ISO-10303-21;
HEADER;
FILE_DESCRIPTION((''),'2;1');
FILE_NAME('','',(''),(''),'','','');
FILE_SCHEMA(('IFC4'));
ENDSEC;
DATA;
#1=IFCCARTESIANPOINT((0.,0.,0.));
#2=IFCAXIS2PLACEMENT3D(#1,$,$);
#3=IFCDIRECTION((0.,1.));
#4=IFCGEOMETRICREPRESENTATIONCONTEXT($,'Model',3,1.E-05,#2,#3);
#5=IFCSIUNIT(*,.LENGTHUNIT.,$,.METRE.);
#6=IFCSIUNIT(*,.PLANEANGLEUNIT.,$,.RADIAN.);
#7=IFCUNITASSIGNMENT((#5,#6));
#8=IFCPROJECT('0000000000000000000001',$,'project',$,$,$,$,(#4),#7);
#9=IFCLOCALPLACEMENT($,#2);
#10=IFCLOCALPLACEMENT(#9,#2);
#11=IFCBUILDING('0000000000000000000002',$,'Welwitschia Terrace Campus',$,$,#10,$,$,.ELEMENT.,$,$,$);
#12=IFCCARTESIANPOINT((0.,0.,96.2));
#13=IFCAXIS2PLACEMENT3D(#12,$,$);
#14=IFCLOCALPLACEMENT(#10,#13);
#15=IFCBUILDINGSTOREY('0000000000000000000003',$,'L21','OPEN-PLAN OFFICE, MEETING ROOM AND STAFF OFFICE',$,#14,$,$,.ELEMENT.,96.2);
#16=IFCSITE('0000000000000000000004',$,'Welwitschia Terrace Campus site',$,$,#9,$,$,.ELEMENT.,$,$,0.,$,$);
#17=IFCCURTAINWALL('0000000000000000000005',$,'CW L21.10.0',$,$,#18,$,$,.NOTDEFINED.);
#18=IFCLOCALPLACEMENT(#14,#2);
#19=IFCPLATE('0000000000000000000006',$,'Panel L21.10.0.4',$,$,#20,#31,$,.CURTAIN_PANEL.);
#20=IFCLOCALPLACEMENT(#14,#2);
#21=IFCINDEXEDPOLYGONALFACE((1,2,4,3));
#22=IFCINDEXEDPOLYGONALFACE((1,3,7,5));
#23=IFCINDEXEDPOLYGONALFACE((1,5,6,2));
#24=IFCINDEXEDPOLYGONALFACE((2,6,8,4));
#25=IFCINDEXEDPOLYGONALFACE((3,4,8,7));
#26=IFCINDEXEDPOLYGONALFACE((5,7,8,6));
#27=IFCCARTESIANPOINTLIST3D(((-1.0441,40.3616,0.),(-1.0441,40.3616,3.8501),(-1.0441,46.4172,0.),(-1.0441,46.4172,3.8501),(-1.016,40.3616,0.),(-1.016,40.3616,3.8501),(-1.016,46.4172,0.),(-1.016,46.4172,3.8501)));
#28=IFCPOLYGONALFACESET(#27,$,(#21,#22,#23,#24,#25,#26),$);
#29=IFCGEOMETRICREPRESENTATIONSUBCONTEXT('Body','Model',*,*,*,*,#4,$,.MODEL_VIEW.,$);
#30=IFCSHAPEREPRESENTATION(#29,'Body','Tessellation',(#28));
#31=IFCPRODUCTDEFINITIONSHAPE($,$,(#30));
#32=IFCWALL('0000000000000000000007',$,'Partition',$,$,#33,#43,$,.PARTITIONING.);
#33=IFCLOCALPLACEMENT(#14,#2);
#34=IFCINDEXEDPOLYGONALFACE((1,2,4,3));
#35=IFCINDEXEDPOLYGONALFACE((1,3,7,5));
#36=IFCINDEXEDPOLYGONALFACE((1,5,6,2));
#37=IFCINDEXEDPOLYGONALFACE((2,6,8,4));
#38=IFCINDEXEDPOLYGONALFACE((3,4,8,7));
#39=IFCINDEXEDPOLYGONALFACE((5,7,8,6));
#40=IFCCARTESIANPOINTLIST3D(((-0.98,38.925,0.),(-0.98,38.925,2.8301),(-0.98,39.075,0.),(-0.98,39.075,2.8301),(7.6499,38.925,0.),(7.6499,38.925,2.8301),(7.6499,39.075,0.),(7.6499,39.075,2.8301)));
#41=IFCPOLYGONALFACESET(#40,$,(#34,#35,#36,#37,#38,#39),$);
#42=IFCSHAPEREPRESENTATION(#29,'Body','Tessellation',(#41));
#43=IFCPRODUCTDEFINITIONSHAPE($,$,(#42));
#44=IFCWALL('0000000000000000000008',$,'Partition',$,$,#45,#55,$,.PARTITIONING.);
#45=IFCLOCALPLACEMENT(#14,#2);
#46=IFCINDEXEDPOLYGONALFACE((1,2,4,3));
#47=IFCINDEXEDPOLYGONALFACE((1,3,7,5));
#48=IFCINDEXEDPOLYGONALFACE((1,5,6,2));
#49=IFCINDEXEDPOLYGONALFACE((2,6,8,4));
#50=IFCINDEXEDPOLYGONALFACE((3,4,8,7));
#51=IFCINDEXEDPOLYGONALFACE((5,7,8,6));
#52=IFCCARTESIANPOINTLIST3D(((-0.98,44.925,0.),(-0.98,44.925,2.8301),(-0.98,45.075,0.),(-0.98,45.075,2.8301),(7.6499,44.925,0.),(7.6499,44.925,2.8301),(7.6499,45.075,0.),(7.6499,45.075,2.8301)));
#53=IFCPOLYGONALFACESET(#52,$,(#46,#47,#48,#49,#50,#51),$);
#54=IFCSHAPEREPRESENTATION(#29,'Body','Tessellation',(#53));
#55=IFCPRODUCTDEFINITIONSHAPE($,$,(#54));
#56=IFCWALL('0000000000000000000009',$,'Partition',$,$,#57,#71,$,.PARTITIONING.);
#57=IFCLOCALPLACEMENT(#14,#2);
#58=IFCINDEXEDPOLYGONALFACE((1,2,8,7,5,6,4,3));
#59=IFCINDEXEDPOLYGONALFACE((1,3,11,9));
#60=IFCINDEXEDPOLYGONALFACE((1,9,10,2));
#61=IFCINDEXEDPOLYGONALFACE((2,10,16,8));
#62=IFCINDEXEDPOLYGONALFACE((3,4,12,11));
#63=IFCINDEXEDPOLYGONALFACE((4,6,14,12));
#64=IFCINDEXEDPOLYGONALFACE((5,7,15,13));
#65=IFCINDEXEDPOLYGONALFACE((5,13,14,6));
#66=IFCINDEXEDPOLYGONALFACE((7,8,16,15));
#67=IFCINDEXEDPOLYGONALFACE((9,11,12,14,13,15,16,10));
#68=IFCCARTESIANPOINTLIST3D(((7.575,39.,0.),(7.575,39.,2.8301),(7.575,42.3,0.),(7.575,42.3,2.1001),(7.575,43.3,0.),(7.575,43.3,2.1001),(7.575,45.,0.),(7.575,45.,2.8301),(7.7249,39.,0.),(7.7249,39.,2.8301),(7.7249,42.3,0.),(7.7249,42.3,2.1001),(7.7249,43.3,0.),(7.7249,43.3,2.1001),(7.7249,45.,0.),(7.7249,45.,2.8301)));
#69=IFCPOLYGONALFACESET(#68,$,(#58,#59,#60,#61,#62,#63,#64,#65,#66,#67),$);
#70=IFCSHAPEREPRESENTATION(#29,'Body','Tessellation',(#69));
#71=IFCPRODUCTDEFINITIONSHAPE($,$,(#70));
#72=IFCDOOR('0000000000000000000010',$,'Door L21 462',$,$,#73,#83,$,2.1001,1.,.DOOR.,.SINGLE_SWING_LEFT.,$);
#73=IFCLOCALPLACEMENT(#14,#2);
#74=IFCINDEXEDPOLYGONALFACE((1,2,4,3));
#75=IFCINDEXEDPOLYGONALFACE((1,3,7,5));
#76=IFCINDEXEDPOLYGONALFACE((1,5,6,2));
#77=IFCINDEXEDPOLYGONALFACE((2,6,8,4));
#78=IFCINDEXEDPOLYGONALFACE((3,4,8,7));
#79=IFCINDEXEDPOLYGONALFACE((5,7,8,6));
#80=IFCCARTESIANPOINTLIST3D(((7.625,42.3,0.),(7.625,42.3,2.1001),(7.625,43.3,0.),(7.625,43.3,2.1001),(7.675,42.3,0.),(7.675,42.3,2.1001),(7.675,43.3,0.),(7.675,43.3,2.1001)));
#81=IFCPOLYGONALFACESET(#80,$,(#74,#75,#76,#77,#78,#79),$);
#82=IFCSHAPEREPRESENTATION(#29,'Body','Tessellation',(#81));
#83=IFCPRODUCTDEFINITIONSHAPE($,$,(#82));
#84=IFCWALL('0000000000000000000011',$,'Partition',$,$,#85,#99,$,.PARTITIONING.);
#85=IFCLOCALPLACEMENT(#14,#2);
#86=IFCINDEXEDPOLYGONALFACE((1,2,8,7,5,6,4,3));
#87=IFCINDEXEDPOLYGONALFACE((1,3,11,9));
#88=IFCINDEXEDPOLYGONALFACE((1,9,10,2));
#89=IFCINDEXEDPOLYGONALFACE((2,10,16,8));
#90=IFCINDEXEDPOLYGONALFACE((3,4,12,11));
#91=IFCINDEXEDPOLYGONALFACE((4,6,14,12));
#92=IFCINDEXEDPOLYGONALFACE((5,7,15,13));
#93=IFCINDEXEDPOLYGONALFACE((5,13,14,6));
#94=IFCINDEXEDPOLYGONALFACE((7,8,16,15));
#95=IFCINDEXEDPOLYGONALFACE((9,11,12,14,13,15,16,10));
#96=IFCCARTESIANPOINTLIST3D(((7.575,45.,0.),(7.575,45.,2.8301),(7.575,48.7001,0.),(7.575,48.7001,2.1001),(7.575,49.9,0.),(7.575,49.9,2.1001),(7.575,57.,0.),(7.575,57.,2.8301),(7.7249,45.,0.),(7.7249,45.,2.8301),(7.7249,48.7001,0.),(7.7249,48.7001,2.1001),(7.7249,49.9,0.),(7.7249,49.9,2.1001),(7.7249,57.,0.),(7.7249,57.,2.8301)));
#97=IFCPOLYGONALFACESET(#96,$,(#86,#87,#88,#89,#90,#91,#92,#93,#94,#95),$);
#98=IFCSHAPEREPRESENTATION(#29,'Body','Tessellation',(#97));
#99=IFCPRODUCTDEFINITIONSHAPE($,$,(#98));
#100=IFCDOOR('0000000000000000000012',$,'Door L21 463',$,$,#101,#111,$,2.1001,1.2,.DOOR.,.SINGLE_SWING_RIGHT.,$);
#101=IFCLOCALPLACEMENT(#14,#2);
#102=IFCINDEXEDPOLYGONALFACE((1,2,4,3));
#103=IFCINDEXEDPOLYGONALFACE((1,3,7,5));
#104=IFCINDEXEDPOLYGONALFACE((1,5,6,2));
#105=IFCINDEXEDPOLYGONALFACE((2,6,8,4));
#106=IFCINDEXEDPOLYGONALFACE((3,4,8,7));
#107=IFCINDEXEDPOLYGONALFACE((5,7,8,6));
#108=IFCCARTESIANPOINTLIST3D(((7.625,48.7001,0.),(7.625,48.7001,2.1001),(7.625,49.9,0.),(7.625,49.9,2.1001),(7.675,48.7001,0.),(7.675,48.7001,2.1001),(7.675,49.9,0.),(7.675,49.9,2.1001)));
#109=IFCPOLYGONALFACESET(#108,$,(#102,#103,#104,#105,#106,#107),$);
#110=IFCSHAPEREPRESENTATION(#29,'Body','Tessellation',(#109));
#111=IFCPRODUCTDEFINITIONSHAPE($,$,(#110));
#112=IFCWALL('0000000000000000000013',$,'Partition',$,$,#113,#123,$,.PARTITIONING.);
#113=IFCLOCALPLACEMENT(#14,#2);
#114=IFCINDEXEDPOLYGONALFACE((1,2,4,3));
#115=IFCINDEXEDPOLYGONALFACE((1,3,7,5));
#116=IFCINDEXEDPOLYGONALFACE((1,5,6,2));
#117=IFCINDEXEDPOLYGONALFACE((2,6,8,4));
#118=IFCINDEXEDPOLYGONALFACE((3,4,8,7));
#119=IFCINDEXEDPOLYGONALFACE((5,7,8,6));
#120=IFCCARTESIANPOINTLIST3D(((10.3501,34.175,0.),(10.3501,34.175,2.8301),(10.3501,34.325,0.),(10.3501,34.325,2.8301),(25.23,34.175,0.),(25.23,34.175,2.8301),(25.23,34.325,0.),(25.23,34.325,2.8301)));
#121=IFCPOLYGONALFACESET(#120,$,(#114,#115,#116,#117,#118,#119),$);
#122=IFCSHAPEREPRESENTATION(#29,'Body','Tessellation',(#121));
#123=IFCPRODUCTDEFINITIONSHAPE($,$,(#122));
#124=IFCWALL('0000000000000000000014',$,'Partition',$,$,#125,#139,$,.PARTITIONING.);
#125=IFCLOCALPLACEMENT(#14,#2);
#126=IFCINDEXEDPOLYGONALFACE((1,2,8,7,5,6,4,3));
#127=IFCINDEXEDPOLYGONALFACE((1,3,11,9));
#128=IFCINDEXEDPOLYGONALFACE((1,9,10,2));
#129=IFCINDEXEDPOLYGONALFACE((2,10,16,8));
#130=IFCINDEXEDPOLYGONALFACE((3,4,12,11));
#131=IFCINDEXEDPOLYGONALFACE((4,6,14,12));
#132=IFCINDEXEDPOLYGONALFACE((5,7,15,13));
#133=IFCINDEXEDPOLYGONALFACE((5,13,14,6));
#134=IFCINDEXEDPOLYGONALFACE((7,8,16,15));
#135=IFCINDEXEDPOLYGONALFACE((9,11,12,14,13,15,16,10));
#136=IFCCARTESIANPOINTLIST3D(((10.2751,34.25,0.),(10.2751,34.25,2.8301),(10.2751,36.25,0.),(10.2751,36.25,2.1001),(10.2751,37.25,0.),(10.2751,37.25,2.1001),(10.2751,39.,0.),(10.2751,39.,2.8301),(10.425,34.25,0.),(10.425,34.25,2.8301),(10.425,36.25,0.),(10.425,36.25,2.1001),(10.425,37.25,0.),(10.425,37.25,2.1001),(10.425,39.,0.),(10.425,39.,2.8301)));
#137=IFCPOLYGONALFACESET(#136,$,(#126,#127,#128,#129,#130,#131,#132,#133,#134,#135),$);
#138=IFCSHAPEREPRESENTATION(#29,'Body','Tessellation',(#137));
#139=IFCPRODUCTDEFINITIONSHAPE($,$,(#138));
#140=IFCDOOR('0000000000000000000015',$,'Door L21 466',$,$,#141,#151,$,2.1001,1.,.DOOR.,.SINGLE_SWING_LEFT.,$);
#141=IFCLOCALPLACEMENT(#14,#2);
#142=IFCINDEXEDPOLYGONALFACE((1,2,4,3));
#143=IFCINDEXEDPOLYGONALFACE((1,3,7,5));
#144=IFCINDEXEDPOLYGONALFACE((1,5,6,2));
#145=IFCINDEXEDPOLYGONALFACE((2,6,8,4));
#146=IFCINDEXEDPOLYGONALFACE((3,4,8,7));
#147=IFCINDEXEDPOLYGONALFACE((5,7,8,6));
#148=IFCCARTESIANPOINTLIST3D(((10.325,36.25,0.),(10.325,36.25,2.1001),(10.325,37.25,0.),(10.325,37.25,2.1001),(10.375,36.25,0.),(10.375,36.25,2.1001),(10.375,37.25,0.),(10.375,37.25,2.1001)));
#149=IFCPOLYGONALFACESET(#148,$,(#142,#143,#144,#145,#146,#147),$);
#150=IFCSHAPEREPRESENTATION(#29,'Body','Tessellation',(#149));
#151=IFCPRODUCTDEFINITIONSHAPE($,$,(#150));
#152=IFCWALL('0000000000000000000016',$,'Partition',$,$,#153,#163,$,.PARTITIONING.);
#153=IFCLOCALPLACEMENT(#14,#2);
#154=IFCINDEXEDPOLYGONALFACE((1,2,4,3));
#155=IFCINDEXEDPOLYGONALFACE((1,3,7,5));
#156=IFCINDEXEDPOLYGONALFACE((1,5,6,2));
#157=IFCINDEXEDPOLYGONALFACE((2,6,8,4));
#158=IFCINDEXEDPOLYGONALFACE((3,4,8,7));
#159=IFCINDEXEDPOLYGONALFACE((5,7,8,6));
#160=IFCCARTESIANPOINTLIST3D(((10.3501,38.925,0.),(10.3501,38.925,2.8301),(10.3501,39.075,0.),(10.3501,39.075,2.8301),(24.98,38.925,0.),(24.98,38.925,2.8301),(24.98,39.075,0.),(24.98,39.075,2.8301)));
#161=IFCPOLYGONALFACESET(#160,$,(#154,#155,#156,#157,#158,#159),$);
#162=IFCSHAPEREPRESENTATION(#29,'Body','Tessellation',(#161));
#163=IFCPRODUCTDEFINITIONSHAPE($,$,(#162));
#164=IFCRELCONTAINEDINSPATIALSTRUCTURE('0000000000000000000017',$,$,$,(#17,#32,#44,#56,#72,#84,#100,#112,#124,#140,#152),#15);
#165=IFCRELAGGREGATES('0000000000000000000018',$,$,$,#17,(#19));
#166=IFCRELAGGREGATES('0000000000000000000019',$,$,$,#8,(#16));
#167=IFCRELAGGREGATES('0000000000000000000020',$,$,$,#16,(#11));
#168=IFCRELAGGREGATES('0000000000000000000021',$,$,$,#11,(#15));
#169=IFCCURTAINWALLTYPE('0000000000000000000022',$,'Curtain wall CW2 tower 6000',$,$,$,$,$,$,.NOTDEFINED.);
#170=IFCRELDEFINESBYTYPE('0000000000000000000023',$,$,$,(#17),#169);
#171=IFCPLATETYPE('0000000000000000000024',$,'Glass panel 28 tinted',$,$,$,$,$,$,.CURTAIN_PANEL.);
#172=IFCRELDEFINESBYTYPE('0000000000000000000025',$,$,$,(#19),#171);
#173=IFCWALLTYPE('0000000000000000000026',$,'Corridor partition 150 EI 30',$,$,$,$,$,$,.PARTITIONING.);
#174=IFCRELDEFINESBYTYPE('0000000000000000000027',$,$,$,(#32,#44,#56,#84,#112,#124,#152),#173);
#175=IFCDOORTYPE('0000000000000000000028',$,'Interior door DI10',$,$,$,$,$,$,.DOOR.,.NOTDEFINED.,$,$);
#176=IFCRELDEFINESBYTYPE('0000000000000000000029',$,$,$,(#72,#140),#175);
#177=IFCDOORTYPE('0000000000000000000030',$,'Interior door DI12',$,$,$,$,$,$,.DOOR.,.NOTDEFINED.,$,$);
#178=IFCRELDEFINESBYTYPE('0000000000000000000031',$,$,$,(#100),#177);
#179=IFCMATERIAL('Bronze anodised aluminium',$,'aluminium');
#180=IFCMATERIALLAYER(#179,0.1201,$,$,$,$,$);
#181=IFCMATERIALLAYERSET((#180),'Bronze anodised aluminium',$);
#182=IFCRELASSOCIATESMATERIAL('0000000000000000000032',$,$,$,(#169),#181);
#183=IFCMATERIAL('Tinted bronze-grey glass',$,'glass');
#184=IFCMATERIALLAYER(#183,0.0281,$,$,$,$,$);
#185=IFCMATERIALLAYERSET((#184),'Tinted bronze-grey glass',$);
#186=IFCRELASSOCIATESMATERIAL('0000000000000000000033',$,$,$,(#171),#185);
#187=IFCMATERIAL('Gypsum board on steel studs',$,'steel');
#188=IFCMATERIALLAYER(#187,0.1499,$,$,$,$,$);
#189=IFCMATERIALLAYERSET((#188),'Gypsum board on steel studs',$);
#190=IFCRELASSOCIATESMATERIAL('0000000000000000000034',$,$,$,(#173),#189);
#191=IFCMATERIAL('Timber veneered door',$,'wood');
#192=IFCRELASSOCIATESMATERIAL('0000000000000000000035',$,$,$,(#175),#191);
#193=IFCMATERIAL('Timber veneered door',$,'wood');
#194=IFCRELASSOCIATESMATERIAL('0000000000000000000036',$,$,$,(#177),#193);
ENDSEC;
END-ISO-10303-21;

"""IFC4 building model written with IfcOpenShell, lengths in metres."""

from ifc_helpers import new_model, si_unit, direction, frame, frame_2d, origin, origin_2d, place, context, subcontext, project, spatial, rectangle, extrude, material, layer, layer_set, type_object, element, fill, aggregate, save


model = new_model("IFC4")

# Units and contexts
model_context = context("Model", 3, precision=1e-05, world=origin(), true_north=direction((0.0, 1.0)))
body_context = subcontext(model_context, "Body", "Model", "MODEL_VIEW")
ifc_project = project(units=[si_unit("LENGTHUNIT", "METRE"), si_unit("PLANEANGLEUNIT", "RADIAN")], contexts=[model_context])

# Site, building, storey
site_placement = place(None, origin())
site = spatial("IfcSite", under=ifc_project, at=site_placement, Name="Welwitschia Terrace Campus site", CompositionType="ELEMENT", RefElevation=0.0)
building_placement = place(site_placement, origin())
building = spatial("IfcBuilding", under=site, at=building_placement, Name="Welwitschia Terrace Campus", CompositionType="ELEMENT")
storey_placement = place(building_placement, frame((0.0, 0.0, 96.2)))
storey = spatial("IfcBuildingStorey", under=building, at=storey_placement, Name="L21", Description="OPEN-PLAN OFFICE, MEETING ROOM AND STAFF OFFICE", CompositionType="ELEMENT", Elevation=96.2)

# Curtain wall
ifc_material_1 = material(Name="Bronze anodised aluminium", Category="aluminium")
ifc_layer_1 = layer(ifc_material_1, 0.1201)
ifc_layer_set_1 = layer_set([ifc_layer_1], Name="Bronze anodised aluminium")
curtain_wall_type = type_object("IfcCurtainWallType", Name="Curtain wall CW2 tower 6000", PredefinedType="NOTDEFINED", material=ifc_layer_set_1)
curtain_wall_placement = place(storey_placement, origin())
curtain_wall = element("IfcCurtainWall", 1, at=curtain_wall_placement, inside=storey, type_object=curtain_wall_type, Name="CW L21.10.0", PredefinedType="NOTDEFINED")

# Plate
ifc_material_2 = material(Name="Tinted bronze-grey glass", Category="glass")
ifc_layer_2 = layer(ifc_material_2, 0.0281)
ifc_layer_set_2 = layer_set([ifc_layer_2], Name="Tinted bronze-grey glass")
plate_type = type_object("IfcPlateType", Name="Glass panel 28 tinted", PredefinedType="CURTAIN_PANEL", material=ifc_layer_set_2)
plate_placement = place(storey_placement, frame((-1.03, 43.3894, 0.0), z_axis=(0.0, 0.0, 1.0), x_axis=(0.0, -1.0, 0.0)))
plate = element("IfcPlate", 2, at=plate_placement, type_object=plate_type, Name="Panel L21.10.0.4", PredefinedType="CURTAIN_PANEL", context=body_context, shape_type="SweptSolid", body=[
    extrude(rectangle(XDim=6.0557, YDim=0.0281, at=origin_2d()), origin(), (0.0, 0.0, 1.0), 3.8501),
])
aggregate(curtain_wall, [plate])

# Walls
ifc_material_3 = material(Name="Gypsum board on steel studs", Category="steel")
ifc_layer_3 = layer(ifc_material_3, 0.1499)
ifc_layer_set_3 = layer_set([ifc_layer_3], Name="Gypsum board on steel studs")
wall_type_1 = type_object("IfcWallType", Name="Corridor partition 150 EI 30", PredefinedType="PARTITIONING", material=ifc_layer_set_3)
for number, where, z_axis, x_axis, name in (
    (3, (-0.98, 39.0, 0.0), (0.0, 0.0, 1.0), (1.0, 0.0, 0.0), "Partition"),
    (4, (-0.98, 45.0, 0.0), (0.0, 0.0, 1.0), (1.0, 0.0, 0.0), "Partition"),
):
    element("IfcWall", number, at=place(storey_placement, frame(where, z_axis=z_axis, x_axis=x_axis)), inside=storey, type_object=wall_type_1, Name=name, PredefinedType="PARTITIONING", context=body_context, shape_type="SweptSolid", body=[
        extrude(rectangle(XDim=8.6299, YDim=0.1499, at=frame_2d((4.3149, 0.0))), origin(), (0.0, 0.0, 1.0), 2.8301),
    ])

# Walls, openings, doors
wall_1_placement = place(storey_placement, frame((7.6499, 39.0, 0.0), z_axis=(0.0, 0.0, 1.0), x_axis=(0.0, 1.0, 0.0)))
wall_1 = element("IfcWall", 5, at=wall_1_placement, inside=storey, type_object=wall_type_1, Name="Partition", PredefinedType="PARTITIONING", context=body_context, shape_type="SweptSolid", body=[
    extrude(rectangle(XDim=6.0, YDim=0.1499, at=frame_2d((3.0, 0.0))), origin(), (0.0, 0.0, 1.0), 2.8301),
])
opening_1_placement = place(wall_1_placement, frame((3.3, 0.0, 0.0)))
opening_1 = element("IfcOpeningElement", 6, at=opening_1_placement, cuts=wall_1, PredefinedType="OPENING", context=body_context, shape_type="SweptSolid", body=[
    extrude(rectangle(XDim=1.0, YDim=2.1001, at=frame_2d((0.5, 1.05))), frame((0.0, 0.085, 0.0), z_axis=(0.0, -1.0, 0.0), x_axis=(1.0, 0.0, 0.0)), (0.0, 0.0, 1.0), 0.1699),
])
ifc_material_4 = material(Name="Timber veneered door", Category="wood")
door_type_1 = type_object("IfcDoorType", Name="Interior door DI10", OperationType="NOTDEFINED", PredefinedType="DOOR", material=ifc_material_4)
door_1_placement = place(opening_1_placement, origin())
door_1 = element("IfcDoor", 7, at=door_1_placement, inside=storey, type_object=door_type_1, Name="Door L21 462", OperationType="SINGLE_SWING_LEFT", OverallHeight=2.1001, OverallWidth=1.0, PredefinedType="DOOR", context=body_context, shape_type="SweptSolid", body=[
    extrude(rectangle(XDim=1.0, YDim=2.1001, at=frame_2d((0.5, 1.05))), frame((0.0, 0.0249, 0.0), z_axis=(0.0, -1.0, 0.0), x_axis=(1.0, 0.0, 0.0)), (0.0, 0.0, 1.0), 0.05),
])
fill(opening_1, door_1)
wall_2_placement = place(storey_placement, frame((7.6499, 45.0, 0.0), z_axis=(0.0, 0.0, 1.0), x_axis=(0.0, 1.0, 0.0)))
wall_2 = element("IfcWall", 8, at=wall_2_placement, inside=storey, type_object=wall_type_1, Name="Partition", PredefinedType="PARTITIONING", context=body_context, shape_type="SweptSolid", body=[
    extrude(rectangle(XDim=12.0, YDim=0.1499, at=frame_2d((6.0, 0.0))), origin(), (0.0, 0.0, 1.0), 2.8301),
])
opening_2_placement = place(wall_2_placement, frame((3.7, 0.0, 0.0)))
opening_2 = element("IfcOpeningElement", 9, at=opening_2_placement, cuts=wall_2, PredefinedType="OPENING", context=body_context, shape_type="SweptSolid", body=[
    extrude(rectangle(XDim=1.2, YDim=2.1001, at=frame_2d((0.6001, 1.05))), frame((0.0, 0.085, 0.0), z_axis=(0.0, -1.0, 0.0), x_axis=(1.0, 0.0, 0.0)), (0.0, 0.0, 1.0), 0.1699),
])
ifc_material_5 = material(Name="Timber veneered door", Category="wood")
door_type_2 = type_object("IfcDoorType", Name="Interior door DI12", OperationType="NOTDEFINED", PredefinedType="DOOR", material=ifc_material_5)
door_2_placement = place(opening_2_placement, origin())
door_2 = element("IfcDoor", 10, at=door_2_placement, inside=storey, type_object=door_type_2, Name="Door L21 463", OperationType="SINGLE_SWING_RIGHT", OverallHeight=2.1001, OverallWidth=1.2, PredefinedType="DOOR", context=body_context, shape_type="SweptSolid", body=[
    extrude(rectangle(XDim=1.2, YDim=2.1001, at=frame_2d((0.6001, 1.05))), frame((0.0, 0.0249, 0.0), z_axis=(0.0, -1.0, 0.0), x_axis=(1.0, 0.0, 0.0)), (0.0, 0.0, 1.0), 0.05),
])
fill(opening_2, door_2)

# Wall
wall_3_placement = place(storey_placement, frame((10.3501, 34.25, 0.0), z_axis=(0.0, 0.0, 1.0), x_axis=(1.0, 0.0, 0.0)))
element("IfcWall", 11, at=wall_3_placement, inside=storey, type_object=wall_type_1, Name="Partition", PredefinedType="PARTITIONING", context=body_context, shape_type="SweptSolid", body=[
    extrude(rectangle(XDim=14.8799, YDim=0.1499, at=frame_2d((7.4399, 0.0))), origin(), (0.0, 0.0, 1.0), 2.8301),
])

# Wall, opening, door
wall_4_placement = place(storey_placement, frame((10.3501, 39.0, 0.0), z_axis=(0.0, 0.0, 1.0), x_axis=(0.0, -1.0, 0.0)))
wall_4 = element("IfcWall", 12, at=wall_4_placement, inside=storey, type_object=wall_type_1, Name="Partition", PredefinedType="PARTITIONING", context=body_context, shape_type="SweptSolid", body=[
    extrude(rectangle(XDim=4.75, YDim=0.1499, at=frame_2d((2.375, 0.0))), origin(), (0.0, 0.0, 1.0), 2.8301),
])
opening_3_placement = place(wall_4_placement, frame((1.75, 0.0, 0.0)))
opening_3 = element("IfcOpeningElement", 13, at=opening_3_placement, cuts=wall_4, PredefinedType="OPENING", context=body_context, shape_type="SweptSolid", body=[
    extrude(rectangle(XDim=1.0, YDim=2.1001, at=frame_2d((0.5, 1.05))), frame((0.0, 0.085, 0.0), z_axis=(0.0, -1.0, 0.0), x_axis=(1.0, 0.0, 0.0)), (0.0, 0.0, 1.0), 0.1699),
])
door_3_placement = place(opening_3_placement, origin())
door_3 = element("IfcDoor", 14, at=door_3_placement, inside=storey, type_object=door_type_1, Name="Door L21 466", OperationType="SINGLE_SWING_LEFT", OverallHeight=2.1001, OverallWidth=1.0, PredefinedType="DOOR", context=body_context, shape_type="SweptSolid", body=[
    extrude(rectangle(XDim=1.0, YDim=2.1001, at=frame_2d((0.5, 1.05))), frame((0.0, 0.0249, 0.0), z_axis=(0.0, -1.0, 0.0), x_axis=(1.0, 0.0, 0.0)), (0.0, 0.0, 1.0), 0.05),
])
fill(opening_3, door_3)

# Wall
wall_5_placement = place(storey_placement, frame((10.3501, 39.0, 0.0), z_axis=(0.0, 0.0, 1.0), x_axis=(1.0, 0.0, 0.0)))
element("IfcWall", 15, at=wall_5_placement, inside=storey, type_object=wall_type_1, Name="Partition", PredefinedType="PARTITIONING", context=body_context, shape_type="SweptSolid", body=[
    extrude(rectangle(XDim=14.6299, YDim=0.1499, at=frame_2d((7.3149, 0.0))), origin(), (0.0, 0.0, 1.0), 2.8301),
])

save(model, "model.ifc")
